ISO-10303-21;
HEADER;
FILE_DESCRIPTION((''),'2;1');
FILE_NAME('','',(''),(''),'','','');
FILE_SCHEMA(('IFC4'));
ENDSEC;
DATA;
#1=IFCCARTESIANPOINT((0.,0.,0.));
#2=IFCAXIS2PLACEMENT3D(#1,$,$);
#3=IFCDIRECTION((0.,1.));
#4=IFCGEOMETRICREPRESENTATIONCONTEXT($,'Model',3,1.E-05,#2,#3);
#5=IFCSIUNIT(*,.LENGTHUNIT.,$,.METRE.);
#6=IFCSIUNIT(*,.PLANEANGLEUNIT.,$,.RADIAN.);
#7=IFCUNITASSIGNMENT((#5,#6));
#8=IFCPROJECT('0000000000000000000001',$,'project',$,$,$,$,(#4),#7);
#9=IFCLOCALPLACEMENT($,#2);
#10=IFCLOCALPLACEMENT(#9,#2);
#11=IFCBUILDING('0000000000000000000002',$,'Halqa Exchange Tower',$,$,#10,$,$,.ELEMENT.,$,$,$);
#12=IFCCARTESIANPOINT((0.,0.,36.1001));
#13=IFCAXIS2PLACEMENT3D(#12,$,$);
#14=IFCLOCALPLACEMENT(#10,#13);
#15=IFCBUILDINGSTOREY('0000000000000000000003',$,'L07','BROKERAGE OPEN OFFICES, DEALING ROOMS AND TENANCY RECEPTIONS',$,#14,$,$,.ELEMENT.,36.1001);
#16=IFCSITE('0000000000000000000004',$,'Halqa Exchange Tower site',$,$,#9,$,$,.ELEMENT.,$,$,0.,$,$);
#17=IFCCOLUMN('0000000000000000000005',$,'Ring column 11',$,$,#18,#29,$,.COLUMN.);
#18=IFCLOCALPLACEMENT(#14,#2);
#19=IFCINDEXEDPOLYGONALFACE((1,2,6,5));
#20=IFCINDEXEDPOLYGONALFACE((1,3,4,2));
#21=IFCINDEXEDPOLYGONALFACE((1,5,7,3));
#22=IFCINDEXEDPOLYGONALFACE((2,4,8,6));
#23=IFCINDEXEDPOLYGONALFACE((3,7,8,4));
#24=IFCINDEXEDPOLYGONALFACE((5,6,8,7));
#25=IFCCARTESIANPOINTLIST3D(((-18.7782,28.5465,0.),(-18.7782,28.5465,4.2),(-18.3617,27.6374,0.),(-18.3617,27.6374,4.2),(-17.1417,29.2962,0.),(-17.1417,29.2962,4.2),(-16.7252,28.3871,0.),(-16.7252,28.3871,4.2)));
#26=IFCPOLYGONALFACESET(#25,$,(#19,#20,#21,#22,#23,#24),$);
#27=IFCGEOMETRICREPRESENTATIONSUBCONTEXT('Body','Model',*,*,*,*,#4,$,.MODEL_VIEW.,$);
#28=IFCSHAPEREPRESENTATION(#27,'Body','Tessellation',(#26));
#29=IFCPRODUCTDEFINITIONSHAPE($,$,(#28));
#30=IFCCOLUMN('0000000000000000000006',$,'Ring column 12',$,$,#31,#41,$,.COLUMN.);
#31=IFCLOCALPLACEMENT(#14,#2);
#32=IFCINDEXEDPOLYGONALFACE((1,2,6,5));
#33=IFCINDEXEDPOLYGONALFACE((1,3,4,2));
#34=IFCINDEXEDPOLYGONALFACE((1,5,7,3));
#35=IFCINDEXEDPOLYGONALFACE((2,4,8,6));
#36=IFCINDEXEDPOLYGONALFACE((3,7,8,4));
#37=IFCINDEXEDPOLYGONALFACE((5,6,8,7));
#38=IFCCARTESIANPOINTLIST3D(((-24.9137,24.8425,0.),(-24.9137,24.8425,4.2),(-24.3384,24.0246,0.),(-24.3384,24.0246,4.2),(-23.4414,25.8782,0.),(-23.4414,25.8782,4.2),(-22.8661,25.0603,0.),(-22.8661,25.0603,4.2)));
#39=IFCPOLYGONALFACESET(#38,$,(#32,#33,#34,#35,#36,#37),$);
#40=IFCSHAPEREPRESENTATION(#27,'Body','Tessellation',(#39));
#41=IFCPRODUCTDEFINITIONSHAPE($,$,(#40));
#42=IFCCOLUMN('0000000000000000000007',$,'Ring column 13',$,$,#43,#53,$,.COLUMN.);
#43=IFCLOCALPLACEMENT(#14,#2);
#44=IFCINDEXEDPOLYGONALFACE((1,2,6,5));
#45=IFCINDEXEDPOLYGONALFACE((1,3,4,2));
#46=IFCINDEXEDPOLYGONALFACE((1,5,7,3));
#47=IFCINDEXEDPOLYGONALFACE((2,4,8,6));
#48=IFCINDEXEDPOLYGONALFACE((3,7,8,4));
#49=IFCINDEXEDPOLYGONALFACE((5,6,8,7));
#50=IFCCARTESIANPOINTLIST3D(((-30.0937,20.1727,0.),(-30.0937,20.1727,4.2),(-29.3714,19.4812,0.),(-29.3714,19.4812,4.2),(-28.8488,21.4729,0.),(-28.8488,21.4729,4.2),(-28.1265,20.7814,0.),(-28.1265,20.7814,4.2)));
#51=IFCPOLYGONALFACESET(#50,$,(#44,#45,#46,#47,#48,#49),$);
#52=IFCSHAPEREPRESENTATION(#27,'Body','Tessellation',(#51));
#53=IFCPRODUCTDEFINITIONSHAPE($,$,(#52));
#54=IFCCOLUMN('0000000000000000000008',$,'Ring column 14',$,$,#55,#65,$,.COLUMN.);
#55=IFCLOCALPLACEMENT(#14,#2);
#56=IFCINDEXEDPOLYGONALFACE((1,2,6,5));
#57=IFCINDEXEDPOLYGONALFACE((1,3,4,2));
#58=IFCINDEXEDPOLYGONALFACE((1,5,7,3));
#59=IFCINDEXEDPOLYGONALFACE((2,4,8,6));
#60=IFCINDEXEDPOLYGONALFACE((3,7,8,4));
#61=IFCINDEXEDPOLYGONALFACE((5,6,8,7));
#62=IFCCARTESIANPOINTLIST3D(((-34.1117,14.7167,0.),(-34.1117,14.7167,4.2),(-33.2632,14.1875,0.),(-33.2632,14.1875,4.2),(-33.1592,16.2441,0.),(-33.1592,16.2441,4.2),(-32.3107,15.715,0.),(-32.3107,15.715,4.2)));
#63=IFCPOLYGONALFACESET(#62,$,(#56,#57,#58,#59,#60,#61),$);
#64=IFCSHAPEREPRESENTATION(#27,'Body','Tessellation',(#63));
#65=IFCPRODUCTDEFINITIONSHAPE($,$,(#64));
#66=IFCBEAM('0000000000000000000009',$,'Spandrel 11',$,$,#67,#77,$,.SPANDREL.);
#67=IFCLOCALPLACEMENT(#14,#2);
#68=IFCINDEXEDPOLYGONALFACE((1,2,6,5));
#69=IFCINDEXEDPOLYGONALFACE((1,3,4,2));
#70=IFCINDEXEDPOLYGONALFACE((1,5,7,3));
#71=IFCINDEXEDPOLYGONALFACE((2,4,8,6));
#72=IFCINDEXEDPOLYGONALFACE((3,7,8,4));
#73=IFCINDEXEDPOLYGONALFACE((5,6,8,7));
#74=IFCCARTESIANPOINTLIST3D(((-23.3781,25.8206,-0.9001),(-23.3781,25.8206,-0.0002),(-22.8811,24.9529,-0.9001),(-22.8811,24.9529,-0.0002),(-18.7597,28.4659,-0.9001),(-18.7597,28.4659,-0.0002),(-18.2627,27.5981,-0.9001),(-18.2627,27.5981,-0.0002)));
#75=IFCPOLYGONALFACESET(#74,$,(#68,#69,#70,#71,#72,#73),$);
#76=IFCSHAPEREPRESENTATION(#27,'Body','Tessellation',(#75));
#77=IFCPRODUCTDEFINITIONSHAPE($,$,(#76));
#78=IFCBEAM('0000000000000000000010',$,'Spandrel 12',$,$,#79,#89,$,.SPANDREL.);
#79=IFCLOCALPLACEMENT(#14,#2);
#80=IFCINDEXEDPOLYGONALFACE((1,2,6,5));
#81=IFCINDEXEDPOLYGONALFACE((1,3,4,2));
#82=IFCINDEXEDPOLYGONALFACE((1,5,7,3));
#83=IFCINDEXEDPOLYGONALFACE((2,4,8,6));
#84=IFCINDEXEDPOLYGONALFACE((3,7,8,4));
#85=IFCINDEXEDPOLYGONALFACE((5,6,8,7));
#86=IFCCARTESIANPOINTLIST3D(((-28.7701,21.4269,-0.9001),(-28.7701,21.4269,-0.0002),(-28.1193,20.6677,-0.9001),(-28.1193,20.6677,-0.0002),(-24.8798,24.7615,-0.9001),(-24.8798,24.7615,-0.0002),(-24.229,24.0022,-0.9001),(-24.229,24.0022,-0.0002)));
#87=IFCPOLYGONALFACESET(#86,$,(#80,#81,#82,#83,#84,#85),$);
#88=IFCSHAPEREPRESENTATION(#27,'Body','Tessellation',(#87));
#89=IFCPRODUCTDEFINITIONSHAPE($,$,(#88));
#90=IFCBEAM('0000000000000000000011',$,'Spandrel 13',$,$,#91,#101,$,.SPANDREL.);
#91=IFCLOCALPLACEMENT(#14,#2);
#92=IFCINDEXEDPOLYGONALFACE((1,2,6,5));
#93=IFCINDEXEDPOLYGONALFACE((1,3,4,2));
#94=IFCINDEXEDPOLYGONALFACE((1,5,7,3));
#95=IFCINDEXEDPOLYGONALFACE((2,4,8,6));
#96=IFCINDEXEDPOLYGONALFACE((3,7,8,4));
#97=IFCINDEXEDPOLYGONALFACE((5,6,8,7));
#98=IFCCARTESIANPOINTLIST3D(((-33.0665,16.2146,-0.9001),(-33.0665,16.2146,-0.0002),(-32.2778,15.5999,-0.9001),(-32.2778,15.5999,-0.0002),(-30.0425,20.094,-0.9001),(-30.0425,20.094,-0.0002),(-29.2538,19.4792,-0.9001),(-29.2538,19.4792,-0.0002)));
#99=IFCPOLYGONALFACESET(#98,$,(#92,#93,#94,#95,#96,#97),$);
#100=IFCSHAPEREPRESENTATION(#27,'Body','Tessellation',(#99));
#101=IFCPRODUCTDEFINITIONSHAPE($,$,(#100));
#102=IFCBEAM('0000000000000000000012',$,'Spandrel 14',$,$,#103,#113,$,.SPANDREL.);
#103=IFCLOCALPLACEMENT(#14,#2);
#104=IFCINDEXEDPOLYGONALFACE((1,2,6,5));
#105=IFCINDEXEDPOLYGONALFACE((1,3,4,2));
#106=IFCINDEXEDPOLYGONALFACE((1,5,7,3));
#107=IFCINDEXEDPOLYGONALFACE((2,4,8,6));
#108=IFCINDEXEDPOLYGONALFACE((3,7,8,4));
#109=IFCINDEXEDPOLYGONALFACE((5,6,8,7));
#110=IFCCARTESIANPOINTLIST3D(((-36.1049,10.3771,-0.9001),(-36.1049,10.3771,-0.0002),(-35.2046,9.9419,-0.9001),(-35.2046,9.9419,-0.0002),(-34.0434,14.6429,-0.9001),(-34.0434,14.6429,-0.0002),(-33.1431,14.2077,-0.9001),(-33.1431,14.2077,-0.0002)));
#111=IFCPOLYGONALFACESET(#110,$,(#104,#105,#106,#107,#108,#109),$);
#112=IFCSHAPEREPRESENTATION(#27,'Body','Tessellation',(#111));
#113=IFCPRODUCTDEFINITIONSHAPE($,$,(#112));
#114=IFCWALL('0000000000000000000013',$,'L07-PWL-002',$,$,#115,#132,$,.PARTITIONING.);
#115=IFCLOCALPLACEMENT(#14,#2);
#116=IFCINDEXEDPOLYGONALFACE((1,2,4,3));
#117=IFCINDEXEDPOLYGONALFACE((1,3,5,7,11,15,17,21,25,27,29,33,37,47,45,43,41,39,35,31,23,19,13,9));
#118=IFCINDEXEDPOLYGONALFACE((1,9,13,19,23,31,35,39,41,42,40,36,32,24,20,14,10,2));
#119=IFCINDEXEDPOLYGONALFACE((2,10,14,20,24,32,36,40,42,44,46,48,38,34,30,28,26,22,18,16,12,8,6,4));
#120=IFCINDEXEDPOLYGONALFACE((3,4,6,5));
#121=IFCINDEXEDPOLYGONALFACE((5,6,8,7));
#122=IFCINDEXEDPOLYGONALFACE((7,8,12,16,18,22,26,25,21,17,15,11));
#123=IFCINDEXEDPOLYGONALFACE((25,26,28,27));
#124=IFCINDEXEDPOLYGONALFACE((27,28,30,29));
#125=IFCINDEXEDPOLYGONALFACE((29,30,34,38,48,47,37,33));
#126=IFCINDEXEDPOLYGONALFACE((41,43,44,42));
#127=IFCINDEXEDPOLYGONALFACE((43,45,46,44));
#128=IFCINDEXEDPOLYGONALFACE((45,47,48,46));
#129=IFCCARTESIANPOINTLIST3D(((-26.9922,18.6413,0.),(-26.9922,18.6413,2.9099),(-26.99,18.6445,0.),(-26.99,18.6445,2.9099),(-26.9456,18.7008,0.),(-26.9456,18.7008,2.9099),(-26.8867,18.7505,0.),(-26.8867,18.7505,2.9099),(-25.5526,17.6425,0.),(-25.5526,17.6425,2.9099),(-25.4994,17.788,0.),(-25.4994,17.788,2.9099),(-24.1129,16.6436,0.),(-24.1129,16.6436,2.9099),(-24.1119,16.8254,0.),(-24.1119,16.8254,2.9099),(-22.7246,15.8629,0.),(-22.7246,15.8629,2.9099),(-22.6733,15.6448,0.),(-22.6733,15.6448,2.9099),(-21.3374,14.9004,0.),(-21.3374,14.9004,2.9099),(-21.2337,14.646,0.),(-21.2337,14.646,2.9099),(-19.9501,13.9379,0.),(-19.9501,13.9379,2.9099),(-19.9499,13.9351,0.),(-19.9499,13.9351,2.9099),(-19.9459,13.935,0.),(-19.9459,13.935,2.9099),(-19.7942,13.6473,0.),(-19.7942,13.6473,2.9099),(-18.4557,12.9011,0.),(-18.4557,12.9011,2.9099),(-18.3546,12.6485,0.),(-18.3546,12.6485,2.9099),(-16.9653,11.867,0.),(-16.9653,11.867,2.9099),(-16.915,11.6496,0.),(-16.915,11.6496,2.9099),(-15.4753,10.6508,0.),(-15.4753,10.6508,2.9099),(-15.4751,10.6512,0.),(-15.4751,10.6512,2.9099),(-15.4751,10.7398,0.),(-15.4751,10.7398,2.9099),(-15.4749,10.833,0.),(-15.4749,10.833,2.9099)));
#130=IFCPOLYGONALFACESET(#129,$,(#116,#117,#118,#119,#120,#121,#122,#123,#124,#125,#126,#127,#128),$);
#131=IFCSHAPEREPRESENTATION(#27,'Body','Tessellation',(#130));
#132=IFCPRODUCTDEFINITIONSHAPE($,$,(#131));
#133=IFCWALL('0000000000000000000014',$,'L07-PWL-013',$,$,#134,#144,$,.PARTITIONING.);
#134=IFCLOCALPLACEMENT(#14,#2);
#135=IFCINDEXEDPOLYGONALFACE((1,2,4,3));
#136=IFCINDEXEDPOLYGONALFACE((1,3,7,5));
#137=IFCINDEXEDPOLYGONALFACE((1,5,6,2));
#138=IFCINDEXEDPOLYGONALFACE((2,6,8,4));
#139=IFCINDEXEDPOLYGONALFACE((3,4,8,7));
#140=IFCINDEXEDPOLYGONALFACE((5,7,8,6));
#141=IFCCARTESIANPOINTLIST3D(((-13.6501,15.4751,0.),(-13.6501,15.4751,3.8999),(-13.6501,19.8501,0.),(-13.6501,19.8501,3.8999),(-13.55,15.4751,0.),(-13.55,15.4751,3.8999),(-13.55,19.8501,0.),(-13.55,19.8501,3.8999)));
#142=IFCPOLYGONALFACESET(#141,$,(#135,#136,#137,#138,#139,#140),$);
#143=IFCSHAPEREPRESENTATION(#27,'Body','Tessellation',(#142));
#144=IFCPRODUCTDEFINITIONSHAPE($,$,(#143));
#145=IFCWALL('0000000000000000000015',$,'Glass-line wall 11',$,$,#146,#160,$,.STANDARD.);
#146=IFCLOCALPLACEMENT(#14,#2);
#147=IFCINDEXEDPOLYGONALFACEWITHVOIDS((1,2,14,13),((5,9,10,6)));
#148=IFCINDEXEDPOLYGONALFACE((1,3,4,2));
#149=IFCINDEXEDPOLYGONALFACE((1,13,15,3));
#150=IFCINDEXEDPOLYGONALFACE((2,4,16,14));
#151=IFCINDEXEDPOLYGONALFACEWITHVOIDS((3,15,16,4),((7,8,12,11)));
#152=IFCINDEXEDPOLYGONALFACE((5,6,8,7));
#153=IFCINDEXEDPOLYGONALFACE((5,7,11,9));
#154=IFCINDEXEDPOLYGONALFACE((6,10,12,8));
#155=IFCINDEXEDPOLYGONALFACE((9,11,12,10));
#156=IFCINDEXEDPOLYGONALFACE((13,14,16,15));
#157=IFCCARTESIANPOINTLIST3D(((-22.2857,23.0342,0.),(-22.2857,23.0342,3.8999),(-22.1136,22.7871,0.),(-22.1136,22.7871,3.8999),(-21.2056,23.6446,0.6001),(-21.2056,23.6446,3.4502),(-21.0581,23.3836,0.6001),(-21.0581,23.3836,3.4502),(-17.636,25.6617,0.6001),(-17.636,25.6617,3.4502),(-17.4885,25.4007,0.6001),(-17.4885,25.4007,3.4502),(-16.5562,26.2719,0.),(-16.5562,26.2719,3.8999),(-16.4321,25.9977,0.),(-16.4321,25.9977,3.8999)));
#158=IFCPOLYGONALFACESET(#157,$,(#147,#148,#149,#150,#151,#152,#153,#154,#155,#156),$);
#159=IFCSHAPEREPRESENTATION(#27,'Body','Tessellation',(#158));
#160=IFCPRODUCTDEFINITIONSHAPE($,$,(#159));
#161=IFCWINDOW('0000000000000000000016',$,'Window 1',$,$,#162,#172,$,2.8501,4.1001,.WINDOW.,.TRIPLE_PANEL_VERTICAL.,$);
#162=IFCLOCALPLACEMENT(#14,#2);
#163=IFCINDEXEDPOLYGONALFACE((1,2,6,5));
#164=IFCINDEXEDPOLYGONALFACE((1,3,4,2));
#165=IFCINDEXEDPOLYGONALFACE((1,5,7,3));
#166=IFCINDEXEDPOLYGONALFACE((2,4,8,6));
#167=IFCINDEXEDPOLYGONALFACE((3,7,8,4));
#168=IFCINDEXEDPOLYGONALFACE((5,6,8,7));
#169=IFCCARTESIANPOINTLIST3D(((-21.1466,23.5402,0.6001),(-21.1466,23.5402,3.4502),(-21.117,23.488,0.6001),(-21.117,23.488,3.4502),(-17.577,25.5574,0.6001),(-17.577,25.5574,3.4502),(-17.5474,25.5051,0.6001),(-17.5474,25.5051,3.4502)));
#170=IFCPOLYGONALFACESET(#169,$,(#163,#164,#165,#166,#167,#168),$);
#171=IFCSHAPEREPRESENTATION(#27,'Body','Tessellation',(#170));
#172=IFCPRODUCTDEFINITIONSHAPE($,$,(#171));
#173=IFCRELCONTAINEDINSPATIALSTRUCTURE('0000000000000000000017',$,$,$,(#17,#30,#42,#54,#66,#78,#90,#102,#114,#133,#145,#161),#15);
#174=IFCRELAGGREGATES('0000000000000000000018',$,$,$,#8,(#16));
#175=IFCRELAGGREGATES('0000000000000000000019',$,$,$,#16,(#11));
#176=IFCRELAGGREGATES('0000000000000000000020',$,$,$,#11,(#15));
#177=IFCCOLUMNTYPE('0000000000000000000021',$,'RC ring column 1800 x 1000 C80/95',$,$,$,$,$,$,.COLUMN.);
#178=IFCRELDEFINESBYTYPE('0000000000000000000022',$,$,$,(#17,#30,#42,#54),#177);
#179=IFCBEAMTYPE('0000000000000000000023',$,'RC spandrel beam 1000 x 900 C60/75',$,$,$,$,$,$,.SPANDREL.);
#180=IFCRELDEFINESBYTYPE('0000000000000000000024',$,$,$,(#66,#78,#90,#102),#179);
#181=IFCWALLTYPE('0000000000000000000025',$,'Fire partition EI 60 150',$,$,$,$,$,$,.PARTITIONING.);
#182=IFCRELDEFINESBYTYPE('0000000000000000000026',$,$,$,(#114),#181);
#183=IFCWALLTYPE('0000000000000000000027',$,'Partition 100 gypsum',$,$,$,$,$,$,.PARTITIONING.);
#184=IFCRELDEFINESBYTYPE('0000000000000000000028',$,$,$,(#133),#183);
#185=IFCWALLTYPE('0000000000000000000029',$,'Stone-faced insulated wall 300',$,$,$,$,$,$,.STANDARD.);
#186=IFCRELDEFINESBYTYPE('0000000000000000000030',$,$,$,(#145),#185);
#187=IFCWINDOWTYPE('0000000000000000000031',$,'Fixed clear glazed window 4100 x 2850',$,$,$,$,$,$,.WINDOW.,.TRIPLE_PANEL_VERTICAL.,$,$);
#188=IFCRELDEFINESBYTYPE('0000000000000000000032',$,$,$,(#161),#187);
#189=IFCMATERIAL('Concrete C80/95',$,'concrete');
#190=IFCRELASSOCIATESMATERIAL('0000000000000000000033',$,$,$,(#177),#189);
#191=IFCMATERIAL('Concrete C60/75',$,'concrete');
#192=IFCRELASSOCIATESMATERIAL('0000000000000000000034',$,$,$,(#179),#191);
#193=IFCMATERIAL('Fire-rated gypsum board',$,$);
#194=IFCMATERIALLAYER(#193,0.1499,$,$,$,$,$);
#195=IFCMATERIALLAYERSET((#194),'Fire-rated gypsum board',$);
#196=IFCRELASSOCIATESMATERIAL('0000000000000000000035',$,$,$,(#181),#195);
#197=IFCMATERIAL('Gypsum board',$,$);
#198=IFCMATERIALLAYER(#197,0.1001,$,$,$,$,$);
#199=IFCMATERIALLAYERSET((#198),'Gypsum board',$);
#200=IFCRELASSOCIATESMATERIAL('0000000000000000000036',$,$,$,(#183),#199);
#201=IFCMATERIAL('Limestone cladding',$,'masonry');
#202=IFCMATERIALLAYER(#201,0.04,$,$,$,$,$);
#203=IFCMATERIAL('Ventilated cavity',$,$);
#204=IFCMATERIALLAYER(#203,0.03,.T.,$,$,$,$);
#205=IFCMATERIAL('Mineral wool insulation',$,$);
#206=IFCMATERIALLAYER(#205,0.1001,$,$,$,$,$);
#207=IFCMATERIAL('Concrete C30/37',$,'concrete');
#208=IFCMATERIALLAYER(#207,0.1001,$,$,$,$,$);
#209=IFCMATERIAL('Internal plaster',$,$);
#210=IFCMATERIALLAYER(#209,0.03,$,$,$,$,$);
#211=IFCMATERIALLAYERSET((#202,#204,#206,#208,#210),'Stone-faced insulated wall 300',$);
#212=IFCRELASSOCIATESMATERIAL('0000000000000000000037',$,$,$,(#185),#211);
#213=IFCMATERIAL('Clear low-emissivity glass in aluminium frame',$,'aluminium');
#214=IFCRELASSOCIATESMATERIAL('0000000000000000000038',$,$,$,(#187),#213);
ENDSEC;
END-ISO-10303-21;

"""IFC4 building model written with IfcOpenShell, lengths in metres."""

from ifc_helpers import new_model, si_unit, direction, frame, frame_2d, origin, origin_2d, place, context, subcontext, project, spatial, polyline, rectangle, outline, extrude, material, layer, layer_set, material_profile, profile_set, type_object, element, fill, save


model = new_model("IFC4")

# Units and contexts
model_context = context("Model", 3, precision=1e-05, world=origin(), true_north=direction((0.0, 1.0)))
body_context = subcontext(model_context, "Body", "Model", "MODEL_VIEW")
ifc_project = project(units=[si_unit("LENGTHUNIT", "METRE"), si_unit("PLANEANGLEUNIT", "RADIAN")], contexts=[model_context])

# Site, building, storey
site_placement = place(None, origin())
site = spatial("IfcSite", under=ifc_project, at=site_placement, Name="Halqa Exchange Tower site", CompositionType="ELEMENT", RefElevation=0.0)
building_placement = place(site_placement, origin())
building = spatial("IfcBuilding", under=site, at=building_placement, Name="Halqa Exchange Tower", CompositionType="ELEMENT")
storey_placement = place(building_placement, frame((0.0, 0.0, 36.1001)))
storey = spatial("IfcBuildingStorey", under=building, at=storey_placement, Name="L07", Description="BROKERAGE OPEN OFFICES, DEALING ROOMS AND TENANCY RECEPTIONS", CompositionType="ELEMENT", Elevation=36.1001)

# Columns
ifc_material_1 = material(Name="Concrete C80/95", Category="concrete")
ifc_material_profile_1 = material_profile(ifc_material_1, rectangle(XDim=1.8, YDim=1.0, at=origin_2d()), Name="1800 x 1000")
ifc_profile_set_1 = profile_set([ifc_material_profile_1], Name="Concrete C80/95")
column_type = type_object("IfcColumnType", Name="RC ring column 1800 x 1000 C80/95", PredefinedType="COLUMN", material=ifc_profile_set_1)
for number, where, z_axis, x_axis, name in (
    (1, (-17.7517, 28.4668, 0.0), (0.0, 0.0, 1.0), (-0.909128, -0.416517, 0.0), "Ring column 11"),
    (2, (-23.8899, 24.9514, 0.0), (0.0, 0.0, 1.0), (-0.817912, -0.575344, 0.0), "Ring column 12"),
    (3, (-29.1101, 20.4771, 0.0), (0.0, 0.0, 1.0), (-0.691575, -0.722305, 0.0), "Ring column 13"),
    (4, (-33.2112, 15.2158, 0.0), (0.0, 0.0, 1.0), (-0.529142, -0.848533, 0.0), "Ring column 14"),
):
    element("IfcColumn", number, at=place(storey_placement, frame(where, z_axis=z_axis, x_axis=x_axis)), inside=storey, type_object=column_type, Name=name, PredefinedType="COLUMN", context=body_context, shape_type="SweptSolid", body=[
        extrude(rectangle(XDim=1.8, YDim=1.0, at=origin_2d()), origin(), (0.0, 0.0, 1.0), 4.2),
    ])

# Beams
ifc_material_2 = material(Name="Concrete C60/75", Category="concrete")
ifc_material_profile_2 = material_profile(ifc_material_2, rectangle(XDim=1.0, YDim=0.8999, at=origin_2d()), Name="1000 x 900")
ifc_profile_set_2 = profile_set([ifc_material_profile_2], Name="Concrete C60/75")
beam_type = type_object("IfcBeamType", Name="RC spandrel beam 1000 x 900 C60/75", PredefinedType="SPANDREL", material=ifc_profile_set_2)
beam_1_placement = place(storey_placement, frame((-18.5112, 28.032, -0.4502), z_axis=(-0.867743, -0.497013, 0.0), x_axis=(0.497013, -0.867743, 0.0)))
element("IfcBeam", 5, at=beam_1_placement, inside=storey, type_object=beam_type, Name="Spandrel 11", PredefinedType="SPANDREL", context=body_context, shape_type="SweptSolid", body=[
    extrude(rectangle(XDim=1.0, YDim=0.8999, at=origin_2d()), origin(), (0.0, 0.0, 1.0), 5.3223),
])
beam_2_placement = place(storey_placement, frame((-24.5544, 24.3818, -0.4502), z_axis=(-0.75925, -0.650799, 0.0), x_axis=(0.650799, -0.75925, 0.0)))
element("IfcBeam", 6, at=beam_2_placement, inside=storey, type_object=beam_type, Name="Spandrel 12", PredefinedType="SPANDREL", context=body_context, shape_type="SweptSolid", body=[
    extrude(rectangle(XDim=1.0, YDim=0.8999, at=origin_2d()), origin(), (0.0, 0.0, 1.0), 5.1238),
])
beam_3_placement = place(storey_placement, frame((-29.6482, 19.7866, -0.4502), z_axis=(-0.614779, -0.7887, 0.0), x_axis=(0.7887, -0.614779, 0.0)))
element("IfcBeam", 7, at=beam_3_placement, inside=storey, type_object=beam_type, Name="Spandrel 13", PredefinedType="SPANDREL", context=body_context, shape_type="SweptSolid", body=[
    extrude(rectangle(XDim=1.0, YDim=0.8999, at=origin_2d()), origin(), (0.0, 0.0, 1.0), 4.9187),
])
beam_4_placement = place(storey_placement, frame((-33.5933, 14.4253, -0.4502), z_axis=(-0.435115, -0.900375, 0.0), x_axis=(0.900375, -0.435115, 0.0)))
element("IfcBeam", 8, at=beam_4_placement, inside=storey, type_object=beam_type, Name="Spandrel 14", PredefinedType="SPANDREL", context=body_context, shape_type="SweptSolid", body=[
    extrude(rectangle(XDim=1.0, YDim=0.8999, at=origin_2d()), origin(), (0.0, 0.0, 1.0), 4.7378),
])

# Wall
ifc_material_3 = material(Name="Fire-rated gypsum board")
ifc_layer_1 = layer(ifc_material_3, 0.1499)
ifc_layer_set_1 = layer_set([ifc_layer_1], Name="Fire-rated gypsum board")
wall_type_1 = type_object("IfcWallType", Name="Fire partition EI 60 150", PredefinedType="PARTITIONING", material=ifc_layer_set_1)
wall_1_placement = place(storey_placement, frame((-26.9495, 18.7029, 0.0), z_axis=(0.0, 0.0, 1.0), x_axis=(0.821615, -0.570043, 0.0)))
element("IfcWall", 9, at=wall_1_placement, inside=storey, type_object=wall_type_1, Name="L07-PWL-002", PredefinedType="PARTITIONING", context=body_context, shape_type="SweptSolid", body=[
    extrude(outline(polyline([(14.0173, -0.075), (14.0173, -0.0745), (13.9668, -0.0017), (13.9668, -0.0017), (13.9138, 0.075), (12.0999, 0.075), (10.2859, 0.075), (8.4722, 0.075), (8.4688, 0.0728), (8.467, 0.075), (6.7786, 0.075), (5.0901, 0.075), (3.4016, 0.075), (1.7129, 0.075), (0.0244, 0.075), (0.0044, 0.0005), (0.0, -0.071), (0.0, -0.075), (1.7522, -0.075), (3.5044, -0.075), (5.2566, -0.075), (7.0088, -0.075), (8.7607, -0.075), (10.5129, -0.075), (12.2651, -0.075), (14.0173, -0.075)])), origin(), (0.0, 0.0, 1.0), 2.9099),
])

# Shared definitions
ifc_material_4 = material(Name="Gypsum board")
ifc_layer_2 = layer(ifc_material_4, 0.1001)
ifc_layer_set_2 = layer_set([ifc_layer_2], Name="Gypsum board")
wall_type_2 = type_object("IfcWallType", Name="Partition 100 gypsum", PredefinedType="PARTITIONING", material=ifc_layer_set_2)

# Wall
wall_2_placement = place(storey_placement, frame((-13.6001, 19.8501, 0.0), z_axis=(0.0, 0.0, 1.0), x_axis=(0.0, -1.0, 0.0)))
element("IfcWall", 10, at=wall_2_placement, inside=storey, type_object=wall_type_2, Name="L07-PWL-013", PredefinedType="PARTITIONING", context=body_context, shape_type="SweptSolid", body=[
    extrude(rectangle(XDim=4.375, YDim=0.1001, at=frame_2d((2.1875, 0.0))), origin(), (0.0, 0.0, 1.0), 3.8999),
])

# Wall, opening, window
ifc_material_5 = material(Name="Limestone cladding", Category="masonry")
ifc_layer_3 = layer(ifc_material_5, 0.04)
ifc_material_6 = material(Name="Ventilated cavity")
ifc_layer_4 = layer(ifc_material_6, 0.03, ventilated=True)
ifc_material_7 = material(Name="Mineral wool insulation")
ifc_layer_5 = layer(ifc_material_7, 0.1001)
ifc_material_8 = material(Name="Concrete C30/37", Category="concrete")
ifc_layer_6 = layer(ifc_material_8, 0.1001)
ifc_material_9 = material(Name="Internal plaster")
ifc_layer_7 = layer(ifc_material_9, 0.03)
ifc_layer_set_3 = layer_set([ifc_layer_3, ifc_layer_4, ifc_layer_5, ifc_layer_6, ifc_layer_7], Name="Stone-faced insulated wall 300")
wall_type_3 = type_object("IfcWallType", Name="Stone-faced insulated wall 300", PredefinedType="STANDARD", material=ifc_layer_set_3)
wall_3_placement = place(storey_placement, frame((-16.4941, 26.1348, 0.0), z_axis=(0.0, 0.0, 1.0), x_axis=(-0.870613, -0.491969, 0.0)))
wall_3 = element("IfcWall", 11, at=wall_3_placement, inside=storey, type_object=wall_type_3, Name="Glass-line wall 11", PredefinedType="STANDARD", context=body_context, shape_type="SweptSolid", body=[
    extrude(outline(polyline([(-0.0134, -0.1499), (6.5676, -0.1499), (6.5393, 0.1499), (0.0134, 0.1499), (-0.0134, -0.1499)])), origin(), (0.0, 0.0, 1.0), 3.8999),
])
opening_1_placement = place(wall_3_placement, frame((1.2268, 0.0, 0.6001)))
opening_1 = element("IfcOpeningElement", 12, at=opening_1_placement, cuts=wall_3, PredefinedType="OPENING", context=body_context, shape_type="SweptSolid", body=[
    extrude(rectangle(XDim=4.1001, YDim=2.8501, at=frame_2d((2.05, 1.425))), frame((0.0, 0.1621, 0.0), z_axis=(0.0, -1.0, 0.0), x_axis=(1.0, 0.0, 0.0)), (0.0, 0.0, 1.0), 0.324),
])
ifc_material_10 = material(Name="Clear low-emissivity glass in aluminium frame", Category="aluminium")
window_type = type_object("IfcWindowType", Name="Fixed clear glazed window 4100 x 2850", PartitioningType="TRIPLE_PANEL_VERTICAL", PredefinedType="WINDOW", material=ifc_material_10)
window_1_placement = place(opening_1_placement, origin())
window_1 = element("IfcWindow", 13, at=window_1_placement, inside=storey, type_object=window_type, Name="Window 1", OverallHeight=2.8501, OverallWidth=4.1001, PartitioningType="TRIPLE_PANEL_VERTICAL", PredefinedType="WINDOW", context=body_context, shape_type="SweptSolid", body=[
    extrude(rectangle(XDim=4.1001, YDim=2.8501, at=frame_2d((2.05, 1.425))), frame((0.0, 0.03, 0.0), z_axis=(0.0, -1.0, 0.0), x_axis=(1.0, 0.0, 0.0)), (0.0, 0.0, 1.0), 0.0601),
])
fill(opening_1, window_1)

save(model, "model.ifc")
